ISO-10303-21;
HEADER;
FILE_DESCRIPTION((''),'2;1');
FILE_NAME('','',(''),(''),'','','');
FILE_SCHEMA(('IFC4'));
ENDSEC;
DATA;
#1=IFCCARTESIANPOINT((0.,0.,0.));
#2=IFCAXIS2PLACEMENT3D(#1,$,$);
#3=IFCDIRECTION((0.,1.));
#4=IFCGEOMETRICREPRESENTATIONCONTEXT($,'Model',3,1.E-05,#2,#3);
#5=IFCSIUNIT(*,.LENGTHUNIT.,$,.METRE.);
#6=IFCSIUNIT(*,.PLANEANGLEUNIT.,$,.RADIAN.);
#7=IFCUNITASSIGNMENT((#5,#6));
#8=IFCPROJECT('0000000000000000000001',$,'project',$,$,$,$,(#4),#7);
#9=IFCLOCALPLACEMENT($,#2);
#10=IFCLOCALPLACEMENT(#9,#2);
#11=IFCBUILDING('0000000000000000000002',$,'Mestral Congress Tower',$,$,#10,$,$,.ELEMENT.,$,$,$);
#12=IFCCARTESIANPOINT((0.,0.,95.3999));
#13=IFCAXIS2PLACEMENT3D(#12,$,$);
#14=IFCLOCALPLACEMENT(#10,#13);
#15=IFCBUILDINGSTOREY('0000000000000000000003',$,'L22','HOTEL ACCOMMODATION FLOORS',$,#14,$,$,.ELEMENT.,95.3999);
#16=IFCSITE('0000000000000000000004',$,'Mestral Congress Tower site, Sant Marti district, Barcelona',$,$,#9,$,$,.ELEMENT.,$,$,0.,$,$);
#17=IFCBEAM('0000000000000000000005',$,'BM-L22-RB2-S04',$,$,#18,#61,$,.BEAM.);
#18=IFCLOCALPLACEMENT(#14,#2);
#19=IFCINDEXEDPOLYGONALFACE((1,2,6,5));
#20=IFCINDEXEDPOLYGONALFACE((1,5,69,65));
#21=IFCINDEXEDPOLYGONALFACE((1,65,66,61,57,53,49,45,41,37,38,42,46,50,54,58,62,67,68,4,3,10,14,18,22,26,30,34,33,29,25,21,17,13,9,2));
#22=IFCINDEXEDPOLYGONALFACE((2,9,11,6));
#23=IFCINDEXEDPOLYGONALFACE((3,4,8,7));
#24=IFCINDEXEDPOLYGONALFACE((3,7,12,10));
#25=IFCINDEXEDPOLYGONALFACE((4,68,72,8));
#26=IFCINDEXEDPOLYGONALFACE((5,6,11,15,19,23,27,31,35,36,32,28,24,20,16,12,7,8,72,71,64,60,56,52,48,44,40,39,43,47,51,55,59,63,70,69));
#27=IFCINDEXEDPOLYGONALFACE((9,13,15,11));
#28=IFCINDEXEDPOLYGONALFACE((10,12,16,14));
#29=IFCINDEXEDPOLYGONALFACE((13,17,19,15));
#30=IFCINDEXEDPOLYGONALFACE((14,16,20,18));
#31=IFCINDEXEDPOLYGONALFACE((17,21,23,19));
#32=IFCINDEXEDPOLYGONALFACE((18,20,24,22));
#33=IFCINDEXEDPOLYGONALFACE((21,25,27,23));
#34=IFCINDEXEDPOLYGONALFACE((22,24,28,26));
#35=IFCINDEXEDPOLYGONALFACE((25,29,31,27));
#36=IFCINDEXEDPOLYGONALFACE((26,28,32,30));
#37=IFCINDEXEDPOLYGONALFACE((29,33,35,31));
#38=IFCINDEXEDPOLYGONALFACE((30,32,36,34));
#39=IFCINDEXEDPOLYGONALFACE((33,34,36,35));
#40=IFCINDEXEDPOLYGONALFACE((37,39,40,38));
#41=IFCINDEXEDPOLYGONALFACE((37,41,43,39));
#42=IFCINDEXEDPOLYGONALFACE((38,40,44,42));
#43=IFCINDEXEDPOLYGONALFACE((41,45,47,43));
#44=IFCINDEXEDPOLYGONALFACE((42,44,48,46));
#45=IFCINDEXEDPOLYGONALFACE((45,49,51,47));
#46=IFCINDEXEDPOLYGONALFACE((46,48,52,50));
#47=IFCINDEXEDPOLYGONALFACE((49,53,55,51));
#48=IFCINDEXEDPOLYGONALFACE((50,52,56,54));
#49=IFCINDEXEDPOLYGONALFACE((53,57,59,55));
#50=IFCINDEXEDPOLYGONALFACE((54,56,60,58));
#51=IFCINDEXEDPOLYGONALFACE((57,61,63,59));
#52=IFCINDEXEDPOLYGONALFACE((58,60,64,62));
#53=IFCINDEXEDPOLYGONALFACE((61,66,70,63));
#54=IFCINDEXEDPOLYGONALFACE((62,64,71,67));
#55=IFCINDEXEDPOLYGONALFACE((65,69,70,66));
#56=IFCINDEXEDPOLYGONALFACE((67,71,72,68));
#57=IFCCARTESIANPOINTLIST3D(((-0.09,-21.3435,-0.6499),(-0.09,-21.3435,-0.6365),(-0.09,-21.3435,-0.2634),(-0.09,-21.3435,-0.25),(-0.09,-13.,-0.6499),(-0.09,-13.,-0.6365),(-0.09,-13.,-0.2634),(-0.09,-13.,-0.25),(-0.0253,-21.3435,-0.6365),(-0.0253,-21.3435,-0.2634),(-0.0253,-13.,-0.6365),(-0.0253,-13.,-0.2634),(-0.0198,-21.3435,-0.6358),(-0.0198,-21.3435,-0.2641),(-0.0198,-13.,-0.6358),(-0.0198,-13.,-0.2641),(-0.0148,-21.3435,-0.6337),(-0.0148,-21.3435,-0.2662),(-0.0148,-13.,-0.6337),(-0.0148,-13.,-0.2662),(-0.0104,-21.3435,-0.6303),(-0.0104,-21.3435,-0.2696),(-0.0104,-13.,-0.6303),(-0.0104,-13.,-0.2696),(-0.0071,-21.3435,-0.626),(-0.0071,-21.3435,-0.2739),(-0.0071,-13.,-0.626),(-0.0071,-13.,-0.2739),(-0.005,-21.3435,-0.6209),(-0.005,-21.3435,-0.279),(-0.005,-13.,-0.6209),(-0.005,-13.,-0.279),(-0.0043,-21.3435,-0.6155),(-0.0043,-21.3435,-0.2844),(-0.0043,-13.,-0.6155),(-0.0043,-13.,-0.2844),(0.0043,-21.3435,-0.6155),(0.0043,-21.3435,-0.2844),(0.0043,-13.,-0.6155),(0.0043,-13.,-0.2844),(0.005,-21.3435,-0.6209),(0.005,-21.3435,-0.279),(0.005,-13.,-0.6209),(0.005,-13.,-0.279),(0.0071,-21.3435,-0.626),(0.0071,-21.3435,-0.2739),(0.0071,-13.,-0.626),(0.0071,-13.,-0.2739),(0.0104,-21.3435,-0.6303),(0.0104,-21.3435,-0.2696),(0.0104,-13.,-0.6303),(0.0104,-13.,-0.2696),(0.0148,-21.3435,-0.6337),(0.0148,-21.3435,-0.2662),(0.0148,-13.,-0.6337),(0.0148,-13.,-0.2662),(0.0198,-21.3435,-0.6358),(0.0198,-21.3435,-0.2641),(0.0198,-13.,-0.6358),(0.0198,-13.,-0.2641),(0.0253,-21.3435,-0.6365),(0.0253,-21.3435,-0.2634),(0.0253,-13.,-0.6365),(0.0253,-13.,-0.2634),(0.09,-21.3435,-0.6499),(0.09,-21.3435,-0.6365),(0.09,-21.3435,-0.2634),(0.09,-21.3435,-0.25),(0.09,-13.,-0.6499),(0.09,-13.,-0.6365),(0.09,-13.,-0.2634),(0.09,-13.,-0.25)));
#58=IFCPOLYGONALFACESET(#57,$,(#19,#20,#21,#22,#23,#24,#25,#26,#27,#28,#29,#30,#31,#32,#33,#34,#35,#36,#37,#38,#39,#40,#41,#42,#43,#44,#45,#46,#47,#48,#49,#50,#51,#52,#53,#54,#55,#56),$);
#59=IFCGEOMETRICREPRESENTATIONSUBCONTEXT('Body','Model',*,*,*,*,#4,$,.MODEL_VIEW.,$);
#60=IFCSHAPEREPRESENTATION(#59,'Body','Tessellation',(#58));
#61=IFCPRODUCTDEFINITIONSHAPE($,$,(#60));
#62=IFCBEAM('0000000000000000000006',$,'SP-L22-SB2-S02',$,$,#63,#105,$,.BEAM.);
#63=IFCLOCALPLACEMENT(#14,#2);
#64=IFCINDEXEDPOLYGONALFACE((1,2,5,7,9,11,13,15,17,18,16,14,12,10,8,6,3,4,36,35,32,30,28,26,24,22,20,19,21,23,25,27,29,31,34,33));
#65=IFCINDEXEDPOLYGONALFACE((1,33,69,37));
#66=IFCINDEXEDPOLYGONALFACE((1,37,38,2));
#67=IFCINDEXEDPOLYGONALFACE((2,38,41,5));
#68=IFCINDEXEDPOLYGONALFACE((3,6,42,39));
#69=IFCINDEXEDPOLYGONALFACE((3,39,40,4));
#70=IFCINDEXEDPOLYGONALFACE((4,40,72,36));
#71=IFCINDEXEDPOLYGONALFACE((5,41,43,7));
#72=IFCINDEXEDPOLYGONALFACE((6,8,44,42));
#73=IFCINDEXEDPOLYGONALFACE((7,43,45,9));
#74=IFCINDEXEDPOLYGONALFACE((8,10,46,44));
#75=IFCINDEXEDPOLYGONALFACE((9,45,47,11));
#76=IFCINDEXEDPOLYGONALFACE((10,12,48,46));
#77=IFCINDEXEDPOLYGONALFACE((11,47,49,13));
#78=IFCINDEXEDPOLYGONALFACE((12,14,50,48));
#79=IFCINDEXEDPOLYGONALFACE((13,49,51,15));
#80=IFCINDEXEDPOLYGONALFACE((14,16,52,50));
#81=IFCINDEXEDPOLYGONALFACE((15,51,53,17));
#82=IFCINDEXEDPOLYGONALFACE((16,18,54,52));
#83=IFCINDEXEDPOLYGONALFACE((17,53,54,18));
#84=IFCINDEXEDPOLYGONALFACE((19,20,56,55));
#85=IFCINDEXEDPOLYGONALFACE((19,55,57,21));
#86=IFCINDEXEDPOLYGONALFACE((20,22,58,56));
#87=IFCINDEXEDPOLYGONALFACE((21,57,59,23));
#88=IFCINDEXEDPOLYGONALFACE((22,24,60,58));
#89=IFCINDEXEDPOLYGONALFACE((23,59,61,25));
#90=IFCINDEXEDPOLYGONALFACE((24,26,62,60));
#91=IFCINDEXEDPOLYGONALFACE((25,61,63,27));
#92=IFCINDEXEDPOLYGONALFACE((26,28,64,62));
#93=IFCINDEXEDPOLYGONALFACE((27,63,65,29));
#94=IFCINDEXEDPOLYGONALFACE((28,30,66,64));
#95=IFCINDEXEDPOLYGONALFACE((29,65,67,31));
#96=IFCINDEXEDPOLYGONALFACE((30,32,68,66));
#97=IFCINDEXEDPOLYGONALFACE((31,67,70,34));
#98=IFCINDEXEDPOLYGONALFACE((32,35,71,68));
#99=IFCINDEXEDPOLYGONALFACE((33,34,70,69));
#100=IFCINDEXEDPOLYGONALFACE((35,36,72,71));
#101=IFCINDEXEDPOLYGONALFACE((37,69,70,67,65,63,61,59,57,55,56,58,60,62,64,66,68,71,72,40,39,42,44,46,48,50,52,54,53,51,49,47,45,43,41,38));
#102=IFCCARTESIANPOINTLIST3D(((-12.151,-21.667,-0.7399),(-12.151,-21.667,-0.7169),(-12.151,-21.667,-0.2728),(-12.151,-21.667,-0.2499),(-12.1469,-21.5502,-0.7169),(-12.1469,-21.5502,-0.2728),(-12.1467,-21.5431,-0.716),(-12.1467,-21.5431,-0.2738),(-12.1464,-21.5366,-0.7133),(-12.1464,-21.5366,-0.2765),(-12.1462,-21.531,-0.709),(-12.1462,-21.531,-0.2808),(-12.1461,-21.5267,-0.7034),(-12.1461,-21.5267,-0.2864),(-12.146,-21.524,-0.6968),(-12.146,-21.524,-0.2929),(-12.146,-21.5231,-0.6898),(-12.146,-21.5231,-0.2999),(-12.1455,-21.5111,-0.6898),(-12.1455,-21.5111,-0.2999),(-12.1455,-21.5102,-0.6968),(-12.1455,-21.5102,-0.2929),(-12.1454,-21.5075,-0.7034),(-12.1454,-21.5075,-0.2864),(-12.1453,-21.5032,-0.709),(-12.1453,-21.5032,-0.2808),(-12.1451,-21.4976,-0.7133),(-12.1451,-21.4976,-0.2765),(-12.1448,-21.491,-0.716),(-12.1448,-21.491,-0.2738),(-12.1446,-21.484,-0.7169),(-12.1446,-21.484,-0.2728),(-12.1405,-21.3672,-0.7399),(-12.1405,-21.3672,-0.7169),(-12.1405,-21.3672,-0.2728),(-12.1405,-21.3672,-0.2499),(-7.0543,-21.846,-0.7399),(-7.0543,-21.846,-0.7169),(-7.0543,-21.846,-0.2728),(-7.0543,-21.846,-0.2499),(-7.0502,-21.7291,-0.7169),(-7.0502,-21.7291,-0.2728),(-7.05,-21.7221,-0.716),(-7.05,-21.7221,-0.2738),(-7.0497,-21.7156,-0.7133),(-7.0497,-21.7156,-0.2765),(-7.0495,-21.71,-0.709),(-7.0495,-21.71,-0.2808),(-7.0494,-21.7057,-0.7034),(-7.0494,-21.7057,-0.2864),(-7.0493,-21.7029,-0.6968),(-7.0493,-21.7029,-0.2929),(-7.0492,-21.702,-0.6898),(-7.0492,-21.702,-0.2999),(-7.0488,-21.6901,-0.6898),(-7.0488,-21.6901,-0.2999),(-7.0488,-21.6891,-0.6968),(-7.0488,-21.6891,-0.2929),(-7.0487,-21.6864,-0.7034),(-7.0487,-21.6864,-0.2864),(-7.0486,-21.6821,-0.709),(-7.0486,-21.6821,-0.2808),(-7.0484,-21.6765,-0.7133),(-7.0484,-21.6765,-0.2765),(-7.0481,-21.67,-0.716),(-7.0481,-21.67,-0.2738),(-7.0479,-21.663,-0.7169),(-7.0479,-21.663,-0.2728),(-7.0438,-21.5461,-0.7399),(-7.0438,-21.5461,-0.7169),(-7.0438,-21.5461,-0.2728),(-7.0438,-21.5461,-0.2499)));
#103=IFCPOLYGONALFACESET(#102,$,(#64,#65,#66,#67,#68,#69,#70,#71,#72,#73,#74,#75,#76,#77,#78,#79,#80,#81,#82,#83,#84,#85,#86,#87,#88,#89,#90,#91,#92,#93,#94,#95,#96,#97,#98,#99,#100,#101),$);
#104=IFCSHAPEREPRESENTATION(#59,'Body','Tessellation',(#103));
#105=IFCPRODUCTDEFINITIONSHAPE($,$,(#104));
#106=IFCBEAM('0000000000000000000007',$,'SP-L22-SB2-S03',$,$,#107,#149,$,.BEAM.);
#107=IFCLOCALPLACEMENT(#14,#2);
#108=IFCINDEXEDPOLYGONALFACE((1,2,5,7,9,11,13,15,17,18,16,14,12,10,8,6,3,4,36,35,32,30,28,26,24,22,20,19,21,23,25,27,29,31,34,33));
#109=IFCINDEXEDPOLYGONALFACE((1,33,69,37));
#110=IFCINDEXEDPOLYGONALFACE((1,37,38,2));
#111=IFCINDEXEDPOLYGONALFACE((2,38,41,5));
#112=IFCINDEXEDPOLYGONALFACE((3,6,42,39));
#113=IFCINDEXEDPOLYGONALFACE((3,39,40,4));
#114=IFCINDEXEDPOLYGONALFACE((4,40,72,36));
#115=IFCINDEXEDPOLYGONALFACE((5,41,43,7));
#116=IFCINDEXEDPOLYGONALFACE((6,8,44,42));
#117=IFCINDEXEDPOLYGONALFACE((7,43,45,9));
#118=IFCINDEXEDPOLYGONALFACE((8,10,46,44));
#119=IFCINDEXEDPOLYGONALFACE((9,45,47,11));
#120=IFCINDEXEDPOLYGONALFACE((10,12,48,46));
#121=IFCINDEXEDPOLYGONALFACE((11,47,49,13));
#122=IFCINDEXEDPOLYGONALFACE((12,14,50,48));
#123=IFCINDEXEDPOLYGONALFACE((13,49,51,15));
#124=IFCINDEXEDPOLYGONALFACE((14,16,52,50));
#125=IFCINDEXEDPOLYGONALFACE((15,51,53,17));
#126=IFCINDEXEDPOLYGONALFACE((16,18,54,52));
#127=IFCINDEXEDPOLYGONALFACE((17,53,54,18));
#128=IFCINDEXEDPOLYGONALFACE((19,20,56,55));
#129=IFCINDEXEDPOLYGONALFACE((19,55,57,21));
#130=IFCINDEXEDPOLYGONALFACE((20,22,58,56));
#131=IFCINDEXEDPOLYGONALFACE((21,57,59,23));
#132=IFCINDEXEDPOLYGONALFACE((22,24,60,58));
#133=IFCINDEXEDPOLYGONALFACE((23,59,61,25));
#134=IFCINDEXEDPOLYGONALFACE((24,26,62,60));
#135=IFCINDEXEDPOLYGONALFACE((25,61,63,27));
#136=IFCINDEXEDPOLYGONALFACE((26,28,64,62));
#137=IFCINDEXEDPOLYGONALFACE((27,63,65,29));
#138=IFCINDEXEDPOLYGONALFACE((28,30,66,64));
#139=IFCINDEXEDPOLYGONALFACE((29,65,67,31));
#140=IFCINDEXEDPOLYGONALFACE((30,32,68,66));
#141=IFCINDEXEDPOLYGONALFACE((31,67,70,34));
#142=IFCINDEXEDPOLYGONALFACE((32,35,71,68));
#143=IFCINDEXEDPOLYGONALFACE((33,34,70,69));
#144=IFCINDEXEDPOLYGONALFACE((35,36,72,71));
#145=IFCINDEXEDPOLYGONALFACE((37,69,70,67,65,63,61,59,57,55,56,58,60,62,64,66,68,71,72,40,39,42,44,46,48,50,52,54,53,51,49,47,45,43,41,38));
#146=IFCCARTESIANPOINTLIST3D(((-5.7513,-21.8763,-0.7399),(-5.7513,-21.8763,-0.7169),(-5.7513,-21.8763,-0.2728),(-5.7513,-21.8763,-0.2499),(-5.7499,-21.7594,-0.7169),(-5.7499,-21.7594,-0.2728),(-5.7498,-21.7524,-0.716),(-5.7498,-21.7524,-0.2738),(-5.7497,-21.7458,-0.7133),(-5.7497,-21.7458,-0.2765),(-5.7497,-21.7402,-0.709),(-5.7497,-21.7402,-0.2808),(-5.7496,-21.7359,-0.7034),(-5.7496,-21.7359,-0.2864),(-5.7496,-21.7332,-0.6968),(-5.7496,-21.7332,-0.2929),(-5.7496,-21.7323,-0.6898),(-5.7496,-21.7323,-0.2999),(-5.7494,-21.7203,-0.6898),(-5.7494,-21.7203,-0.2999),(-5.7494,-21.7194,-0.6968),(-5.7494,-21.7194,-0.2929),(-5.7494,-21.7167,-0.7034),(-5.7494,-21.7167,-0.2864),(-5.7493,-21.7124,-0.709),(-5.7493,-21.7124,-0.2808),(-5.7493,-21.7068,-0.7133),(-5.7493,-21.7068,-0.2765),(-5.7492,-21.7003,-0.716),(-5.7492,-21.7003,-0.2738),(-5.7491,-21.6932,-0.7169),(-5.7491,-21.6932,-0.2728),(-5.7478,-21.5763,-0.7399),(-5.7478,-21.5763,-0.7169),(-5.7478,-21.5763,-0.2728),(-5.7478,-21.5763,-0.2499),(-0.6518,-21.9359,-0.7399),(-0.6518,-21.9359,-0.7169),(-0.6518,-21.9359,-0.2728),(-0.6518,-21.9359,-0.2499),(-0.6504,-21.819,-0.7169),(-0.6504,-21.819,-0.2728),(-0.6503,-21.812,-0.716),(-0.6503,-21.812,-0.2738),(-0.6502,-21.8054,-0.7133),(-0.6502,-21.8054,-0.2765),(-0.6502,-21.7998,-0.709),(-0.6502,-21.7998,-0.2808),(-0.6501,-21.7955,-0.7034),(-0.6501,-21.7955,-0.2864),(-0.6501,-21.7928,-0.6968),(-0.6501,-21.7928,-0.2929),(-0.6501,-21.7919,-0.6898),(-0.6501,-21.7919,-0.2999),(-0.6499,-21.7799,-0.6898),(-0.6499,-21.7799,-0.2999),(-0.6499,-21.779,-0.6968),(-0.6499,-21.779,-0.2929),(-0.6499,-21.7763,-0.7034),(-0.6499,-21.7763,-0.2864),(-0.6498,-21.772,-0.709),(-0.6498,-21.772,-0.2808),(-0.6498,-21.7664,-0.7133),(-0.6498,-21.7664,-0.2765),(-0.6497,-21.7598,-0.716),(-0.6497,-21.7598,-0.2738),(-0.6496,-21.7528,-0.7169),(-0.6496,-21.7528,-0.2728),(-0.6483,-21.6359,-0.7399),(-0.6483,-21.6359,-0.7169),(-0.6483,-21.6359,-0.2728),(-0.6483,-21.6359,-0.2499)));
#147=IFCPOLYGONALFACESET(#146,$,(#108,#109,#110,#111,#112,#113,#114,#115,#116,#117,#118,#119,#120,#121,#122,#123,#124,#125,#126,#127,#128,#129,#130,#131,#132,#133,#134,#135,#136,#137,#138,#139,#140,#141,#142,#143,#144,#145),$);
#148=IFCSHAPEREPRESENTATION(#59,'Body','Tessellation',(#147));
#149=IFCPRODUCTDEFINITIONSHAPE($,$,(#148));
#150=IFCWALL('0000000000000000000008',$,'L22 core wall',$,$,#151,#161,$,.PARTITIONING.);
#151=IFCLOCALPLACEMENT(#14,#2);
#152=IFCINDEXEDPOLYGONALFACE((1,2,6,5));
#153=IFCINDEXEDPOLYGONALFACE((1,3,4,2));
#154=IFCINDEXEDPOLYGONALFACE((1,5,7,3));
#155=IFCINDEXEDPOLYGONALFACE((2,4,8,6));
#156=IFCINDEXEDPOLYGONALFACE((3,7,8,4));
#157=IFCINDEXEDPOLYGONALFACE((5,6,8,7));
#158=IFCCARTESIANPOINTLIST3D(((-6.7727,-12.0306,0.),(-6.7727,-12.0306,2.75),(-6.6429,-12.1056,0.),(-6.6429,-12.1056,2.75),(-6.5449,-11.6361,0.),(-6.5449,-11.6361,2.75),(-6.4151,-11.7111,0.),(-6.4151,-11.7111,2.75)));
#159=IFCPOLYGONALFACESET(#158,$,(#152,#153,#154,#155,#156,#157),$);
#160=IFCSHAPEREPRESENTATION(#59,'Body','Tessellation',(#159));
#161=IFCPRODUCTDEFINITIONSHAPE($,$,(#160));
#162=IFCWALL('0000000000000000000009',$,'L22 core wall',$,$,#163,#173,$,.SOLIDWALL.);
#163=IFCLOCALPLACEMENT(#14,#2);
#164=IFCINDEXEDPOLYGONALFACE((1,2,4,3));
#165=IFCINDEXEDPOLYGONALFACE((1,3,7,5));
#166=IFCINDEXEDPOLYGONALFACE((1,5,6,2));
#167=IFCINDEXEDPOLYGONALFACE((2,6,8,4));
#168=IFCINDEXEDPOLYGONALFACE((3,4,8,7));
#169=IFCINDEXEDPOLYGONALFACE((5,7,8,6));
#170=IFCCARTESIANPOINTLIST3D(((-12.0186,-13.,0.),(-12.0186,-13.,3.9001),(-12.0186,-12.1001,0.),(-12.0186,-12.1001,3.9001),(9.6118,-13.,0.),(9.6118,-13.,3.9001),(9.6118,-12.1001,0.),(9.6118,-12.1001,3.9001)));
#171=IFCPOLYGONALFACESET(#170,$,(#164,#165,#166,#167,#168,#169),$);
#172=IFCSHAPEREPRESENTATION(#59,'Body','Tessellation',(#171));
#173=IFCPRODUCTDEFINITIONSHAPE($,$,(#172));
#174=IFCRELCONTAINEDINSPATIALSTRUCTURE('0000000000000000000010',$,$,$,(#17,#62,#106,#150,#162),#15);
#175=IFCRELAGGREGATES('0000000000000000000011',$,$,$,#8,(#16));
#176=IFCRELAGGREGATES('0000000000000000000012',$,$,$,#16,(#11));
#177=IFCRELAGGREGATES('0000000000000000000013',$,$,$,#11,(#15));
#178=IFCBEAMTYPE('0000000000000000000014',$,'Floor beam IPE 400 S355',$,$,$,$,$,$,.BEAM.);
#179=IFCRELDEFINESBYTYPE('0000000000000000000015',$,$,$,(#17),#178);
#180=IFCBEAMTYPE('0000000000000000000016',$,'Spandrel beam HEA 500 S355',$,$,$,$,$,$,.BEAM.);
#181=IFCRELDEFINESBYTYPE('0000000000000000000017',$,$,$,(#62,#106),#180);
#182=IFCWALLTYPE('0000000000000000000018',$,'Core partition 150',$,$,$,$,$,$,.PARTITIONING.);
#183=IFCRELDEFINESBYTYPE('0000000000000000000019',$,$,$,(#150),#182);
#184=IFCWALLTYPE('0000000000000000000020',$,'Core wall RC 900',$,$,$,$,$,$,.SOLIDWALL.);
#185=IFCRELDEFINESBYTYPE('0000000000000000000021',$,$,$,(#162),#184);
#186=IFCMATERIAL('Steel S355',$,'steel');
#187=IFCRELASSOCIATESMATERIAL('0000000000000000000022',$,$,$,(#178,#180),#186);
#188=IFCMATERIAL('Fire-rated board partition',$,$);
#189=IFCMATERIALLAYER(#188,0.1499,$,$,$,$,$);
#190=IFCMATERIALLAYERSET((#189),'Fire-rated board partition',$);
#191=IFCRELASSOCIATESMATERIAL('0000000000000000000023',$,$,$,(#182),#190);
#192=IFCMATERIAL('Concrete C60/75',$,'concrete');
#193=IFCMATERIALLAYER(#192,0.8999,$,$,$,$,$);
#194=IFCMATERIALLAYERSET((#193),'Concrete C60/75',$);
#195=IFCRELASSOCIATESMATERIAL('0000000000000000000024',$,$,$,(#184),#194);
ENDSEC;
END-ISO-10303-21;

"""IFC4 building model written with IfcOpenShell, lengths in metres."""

from ifc_helpers import new_model, si_unit, direction, frame, frame_2d, origin, origin_2d, place, context, subcontext, project, spatial, rectangle, i_section, extrude, material, layer, layer_set, material_profile, profile_set, type_object, element, save


model = new_model("IFC4")

# Units and contexts
model_context = context("Model", 3, precision=1e-05, world=origin(), true_north=direction((0.0, 1.0)))
body_context = subcontext(model_context, "Body", "Model", "MODEL_VIEW")
ifc_project = project(units=[si_unit("LENGTHUNIT", "METRE"), si_unit("PLANEANGLEUNIT", "RADIAN")], contexts=[model_context])

# Site, building, storey
site_placement = place(None, origin())
site = spatial("IfcSite", under=ifc_project, at=site_placement, Name="Mestral Congress Tower site, Sant Marti district, Barcelona", CompositionType="ELEMENT", RefElevation=0.0)
building_placement = place(site_placement, origin())
building = spatial("IfcBuilding", under=site, at=building_placement, Name="Mestral Congress Tower", CompositionType="ELEMENT")
storey_placement = place(building_placement, frame((0.0, 0.0, 95.3999)))
storey = spatial("IfcBuildingStorey", under=building, at=storey_placement, Name="L22", Description="HOTEL ACCOMMODATION FLOORS", CompositionType="ELEMENT", Elevation=95.3999)

# Beams
ifc_material_1 = material(Name="Steel S355", Category="steel")
ifc_material_profile_1 = material_profile(ifc_material_1, i_section(OverallWidth=0.1799, OverallDepth=0.3999, WebThickness=0.0085, FlangeThickness=0.0134, FilletRadius=0.021, at=origin_2d()), Name="IPE 400")
ifc_profile_set_1 = profile_set([ifc_material_profile_1], Name="Steel S355")
beam_type_1 = type_object("IfcBeamType", Name="Floor beam IPE 400 S355", PredefinedType="BEAM", material=ifc_profile_set_1)
beam_1_placement = place(storey_placement, frame((0.0, -21.3435, -0.45), z_axis=(0.0, 1.0, 0.0), x_axis=(-1.0, 0.0, 0.0)))
element("IfcBeam", 1, at=beam_1_placement, inside=storey, type_object=beam_type_1, Name="BM-L22-RB2-S04", PredefinedType="BEAM", context=body_context, shape_type="SweptSolid", body=[
    extrude(i_section(OverallWidth=0.1799, OverallDepth=0.3999, WebThickness=0.0085, FlangeThickness=0.0134, FilletRadius=0.021, at=origin_2d()), origin(), (0.0, 0.0, 1.0), 8.3435),
])
ifc_material_profile_2 = material_profile(ifc_material_1, i_section(OverallWidth=0.3, OverallDepth=0.49, WebThickness=0.012, FlangeThickness=0.0229, FilletRadius=0.0271, at=origin_2d()), Name="HEA 500")
ifc_profile_set_2 = profile_set([ifc_material_profile_2], Name="Steel S355")
beam_type_2 = type_object("IfcBeamType", Name="Spandrel beam HEA 500 S355", PredefinedType="BEAM", material=ifc_profile_set_2)
for number, where, z_axis, x_axis, name in (
    (2, (-12.1458, -21.5171, -0.4949), (0.999384, -0.03509, 0.0), (0.03509, 0.999384, 0.0), "SP-L22-SB2-S02"),
    (3, (-5.7495, -21.7263, -0.4949), (0.999932, -0.011681, 0.0), (0.011681, 0.999932, 0.0), "SP-L22-SB2-S03"),
):
    element("IfcBeam", number, at=place(storey_placement, frame(where, z_axis=z_axis, x_axis=x_axis)), inside=storey, type_object=beam_type_2, Name=name, PredefinedType="BEAM", context=body_context, shape_type="SweptSolid", body=[
        extrude(i_section(OverallWidth=0.3, OverallDepth=0.49, WebThickness=0.012, FlangeThickness=0.0229, FilletRadius=0.0271, at=origin_2d()), origin(), (0.0, 0.0, 1.0), 5.0999),
    ])

# Walls
ifc_material_2 = material(Name="Fire-rated board partition")
ifc_layer_1 = layer(ifc_material_2, 0.1499)
ifc_layer_set_1 = layer_set([ifc_layer_1], Name="Fire-rated board partition")
wall_type_1 = type_object("IfcWallType", Name="Core partition 150", PredefinedType="PARTITIONING", material=ifc_layer_set_1)
wall_1_placement = place(storey_placement, frame((-6.7078, -12.0681, 0.0), z_axis=(0.0, 0.0, 1.0), x_axis=(0.500001, 0.866025, 0.0)))
element("IfcWall", 4, at=wall_1_placement, inside=storey, type_object=wall_type_1, Name="L22 core wall", PredefinedType="PARTITIONING", context=body_context, shape_type="SweptSolid", body=[
    extrude(rectangle(XDim=0.4556, YDim=0.1499, at=frame_2d((0.2278, 0.0))), origin(), (0.0, 0.0, 1.0), 2.75),
])
ifc_material_3 = material(Name="Concrete C60/75", Category="concrete")
ifc_layer_2 = layer(ifc_material_3, 0.8999)
ifc_layer_set_2 = layer_set([ifc_layer_2], Name="Concrete C60/75")
wall_type_2 = type_object("IfcWallType", Name="Core wall RC 900", PredefinedType="SOLIDWALL", material=ifc_layer_set_2)
wall_2_placement = place(storey_placement, frame((-12.0186, -12.55, 0.0), z_axis=(0.0, 0.0, 1.0), x_axis=(1.0, 0.0, 0.0)))
element("IfcWall", 5, at=wall_2_placement, inside=storey, type_object=wall_type_2, Name="L22 core wall", PredefinedType="SOLIDWALL", context=body_context, shape_type="SweptSolid", body=[
    extrude(rectangle(XDim=21.6304, YDim=0.8999, at=frame_2d((10.8152, 0.0))), origin(), (0.0, 0.0, 1.0), 3.9001),
])

save(model, "model.ifc")
